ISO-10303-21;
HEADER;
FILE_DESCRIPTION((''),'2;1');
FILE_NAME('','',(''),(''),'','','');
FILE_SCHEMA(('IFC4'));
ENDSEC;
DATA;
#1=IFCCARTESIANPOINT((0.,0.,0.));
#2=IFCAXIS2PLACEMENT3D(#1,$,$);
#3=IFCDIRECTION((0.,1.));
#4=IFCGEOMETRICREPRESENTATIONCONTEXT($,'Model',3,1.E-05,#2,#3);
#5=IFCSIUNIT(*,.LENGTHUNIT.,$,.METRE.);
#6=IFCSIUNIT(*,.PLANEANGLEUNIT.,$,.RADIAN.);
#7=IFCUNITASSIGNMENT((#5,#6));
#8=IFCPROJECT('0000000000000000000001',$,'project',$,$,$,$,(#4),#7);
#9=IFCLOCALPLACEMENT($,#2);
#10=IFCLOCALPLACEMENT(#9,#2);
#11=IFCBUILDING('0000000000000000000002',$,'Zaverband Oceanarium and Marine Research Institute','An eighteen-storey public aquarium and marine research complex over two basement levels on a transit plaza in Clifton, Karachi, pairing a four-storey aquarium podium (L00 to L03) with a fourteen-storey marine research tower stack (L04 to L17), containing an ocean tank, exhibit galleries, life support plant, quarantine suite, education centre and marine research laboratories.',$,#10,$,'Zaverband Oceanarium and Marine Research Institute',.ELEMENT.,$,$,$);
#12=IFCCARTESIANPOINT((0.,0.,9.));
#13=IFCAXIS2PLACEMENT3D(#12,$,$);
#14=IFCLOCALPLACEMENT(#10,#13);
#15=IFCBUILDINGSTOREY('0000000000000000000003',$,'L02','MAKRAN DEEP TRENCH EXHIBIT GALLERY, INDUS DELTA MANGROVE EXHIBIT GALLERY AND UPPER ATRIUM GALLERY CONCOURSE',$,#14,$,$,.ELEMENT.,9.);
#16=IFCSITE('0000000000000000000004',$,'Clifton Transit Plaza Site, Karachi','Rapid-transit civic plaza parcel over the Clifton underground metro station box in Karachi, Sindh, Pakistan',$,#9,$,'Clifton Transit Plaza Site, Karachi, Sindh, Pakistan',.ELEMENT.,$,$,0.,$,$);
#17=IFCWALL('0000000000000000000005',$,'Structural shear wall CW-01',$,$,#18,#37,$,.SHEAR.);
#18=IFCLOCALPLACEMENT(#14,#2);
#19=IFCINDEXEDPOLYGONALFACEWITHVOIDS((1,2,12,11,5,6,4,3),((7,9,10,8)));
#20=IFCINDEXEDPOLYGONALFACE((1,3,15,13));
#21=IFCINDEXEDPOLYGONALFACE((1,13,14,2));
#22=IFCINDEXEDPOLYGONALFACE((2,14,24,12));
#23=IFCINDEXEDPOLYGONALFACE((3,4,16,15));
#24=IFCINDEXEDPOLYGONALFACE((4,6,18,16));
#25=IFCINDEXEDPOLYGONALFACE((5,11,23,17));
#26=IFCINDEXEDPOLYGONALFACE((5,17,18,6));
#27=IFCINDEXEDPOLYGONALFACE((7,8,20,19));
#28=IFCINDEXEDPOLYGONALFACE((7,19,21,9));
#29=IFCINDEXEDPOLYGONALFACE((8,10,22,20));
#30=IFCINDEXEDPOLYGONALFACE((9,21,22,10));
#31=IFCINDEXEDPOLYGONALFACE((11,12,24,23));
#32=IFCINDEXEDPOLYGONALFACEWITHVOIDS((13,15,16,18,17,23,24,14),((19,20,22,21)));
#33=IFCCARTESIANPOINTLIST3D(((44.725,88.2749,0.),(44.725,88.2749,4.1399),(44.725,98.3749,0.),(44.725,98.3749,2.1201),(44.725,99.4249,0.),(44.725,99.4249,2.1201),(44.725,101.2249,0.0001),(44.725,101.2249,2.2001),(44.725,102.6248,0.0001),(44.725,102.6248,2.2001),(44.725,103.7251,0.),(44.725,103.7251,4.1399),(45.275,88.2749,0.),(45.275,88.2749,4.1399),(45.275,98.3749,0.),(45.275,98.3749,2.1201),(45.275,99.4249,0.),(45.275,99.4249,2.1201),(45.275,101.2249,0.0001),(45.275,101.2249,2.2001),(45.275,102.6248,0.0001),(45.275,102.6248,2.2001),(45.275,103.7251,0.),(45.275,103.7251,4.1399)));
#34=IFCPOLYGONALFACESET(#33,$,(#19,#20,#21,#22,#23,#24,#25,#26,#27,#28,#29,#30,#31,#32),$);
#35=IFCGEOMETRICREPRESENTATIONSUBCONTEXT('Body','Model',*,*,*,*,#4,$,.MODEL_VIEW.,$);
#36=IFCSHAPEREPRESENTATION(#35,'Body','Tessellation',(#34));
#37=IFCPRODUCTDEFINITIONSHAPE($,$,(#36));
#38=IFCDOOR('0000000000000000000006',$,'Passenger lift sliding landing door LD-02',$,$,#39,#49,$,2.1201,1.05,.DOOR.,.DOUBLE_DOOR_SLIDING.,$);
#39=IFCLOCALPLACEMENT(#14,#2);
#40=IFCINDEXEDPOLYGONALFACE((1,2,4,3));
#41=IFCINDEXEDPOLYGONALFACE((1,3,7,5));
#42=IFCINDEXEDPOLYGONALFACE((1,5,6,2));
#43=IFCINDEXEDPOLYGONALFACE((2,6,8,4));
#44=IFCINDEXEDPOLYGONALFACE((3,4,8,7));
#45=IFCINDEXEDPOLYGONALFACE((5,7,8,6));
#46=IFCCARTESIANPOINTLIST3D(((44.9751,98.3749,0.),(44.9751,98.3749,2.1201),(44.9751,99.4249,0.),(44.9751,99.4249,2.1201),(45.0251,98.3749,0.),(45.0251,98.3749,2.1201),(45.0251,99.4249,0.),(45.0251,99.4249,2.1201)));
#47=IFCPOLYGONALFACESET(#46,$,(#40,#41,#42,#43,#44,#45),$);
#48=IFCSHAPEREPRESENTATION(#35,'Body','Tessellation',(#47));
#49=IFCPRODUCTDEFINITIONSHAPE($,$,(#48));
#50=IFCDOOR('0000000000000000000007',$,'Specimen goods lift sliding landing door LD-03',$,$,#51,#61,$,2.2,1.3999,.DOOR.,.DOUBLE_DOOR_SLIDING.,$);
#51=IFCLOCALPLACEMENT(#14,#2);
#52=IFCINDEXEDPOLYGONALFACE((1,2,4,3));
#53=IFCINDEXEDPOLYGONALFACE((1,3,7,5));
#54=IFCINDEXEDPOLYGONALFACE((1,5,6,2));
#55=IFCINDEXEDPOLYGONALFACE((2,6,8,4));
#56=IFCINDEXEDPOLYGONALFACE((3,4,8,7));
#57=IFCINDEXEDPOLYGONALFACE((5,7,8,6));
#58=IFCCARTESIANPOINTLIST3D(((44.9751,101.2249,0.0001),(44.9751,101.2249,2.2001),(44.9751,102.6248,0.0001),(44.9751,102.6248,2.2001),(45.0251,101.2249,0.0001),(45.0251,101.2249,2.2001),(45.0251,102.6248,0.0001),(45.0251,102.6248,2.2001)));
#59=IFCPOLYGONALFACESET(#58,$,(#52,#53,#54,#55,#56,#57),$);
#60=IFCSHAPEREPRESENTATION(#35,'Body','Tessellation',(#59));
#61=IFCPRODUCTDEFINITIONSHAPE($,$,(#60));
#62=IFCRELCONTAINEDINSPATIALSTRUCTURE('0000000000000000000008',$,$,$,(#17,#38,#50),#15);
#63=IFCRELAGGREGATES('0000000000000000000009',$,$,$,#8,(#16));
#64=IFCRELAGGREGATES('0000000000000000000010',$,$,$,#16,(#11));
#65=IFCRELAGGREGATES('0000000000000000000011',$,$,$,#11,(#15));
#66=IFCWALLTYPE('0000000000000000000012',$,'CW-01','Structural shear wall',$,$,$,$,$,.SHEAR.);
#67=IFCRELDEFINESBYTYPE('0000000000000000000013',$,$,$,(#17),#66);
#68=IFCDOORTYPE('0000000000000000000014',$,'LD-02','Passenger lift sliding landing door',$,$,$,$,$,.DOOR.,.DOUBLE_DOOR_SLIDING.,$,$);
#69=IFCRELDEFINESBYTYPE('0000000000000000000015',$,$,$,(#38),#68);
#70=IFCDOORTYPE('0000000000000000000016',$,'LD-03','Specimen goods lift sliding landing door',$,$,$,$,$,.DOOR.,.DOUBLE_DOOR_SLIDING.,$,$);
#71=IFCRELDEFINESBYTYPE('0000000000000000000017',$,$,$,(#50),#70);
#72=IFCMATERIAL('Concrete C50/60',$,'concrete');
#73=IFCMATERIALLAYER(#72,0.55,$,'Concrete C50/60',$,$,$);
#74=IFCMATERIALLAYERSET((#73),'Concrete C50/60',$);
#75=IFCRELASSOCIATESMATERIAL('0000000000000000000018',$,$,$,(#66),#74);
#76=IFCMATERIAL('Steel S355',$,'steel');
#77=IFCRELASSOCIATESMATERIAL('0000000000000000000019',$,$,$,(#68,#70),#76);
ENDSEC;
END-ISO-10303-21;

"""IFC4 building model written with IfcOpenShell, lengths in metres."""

from ifc_helpers import new_model, si_unit, direction, frame, frame_2d, origin, place, context, subcontext, project, spatial, rectangle, extrude, material, layer, layer_set, type_object, element, fill, save


model = new_model("IFC4")

# Units and contexts
model_context = context("Model", 3, precision=1e-05, world=origin(), true_north=direction((0.0, 1.0)))
body_context = subcontext(model_context, "Body", "Model", "MODEL_VIEW")
ifc_project = project(units=[si_unit("LENGTHUNIT", "METRE"), si_unit("PLANEANGLEUNIT", "RADIAN")], contexts=[model_context])

# Site, building, storey
site_placement = place(None, origin())
site = spatial("IfcSite", under=ifc_project, at=site_placement, Name="Clifton Transit Plaza Site, Karachi", Description="Rapid-transit civic plaza parcel over the Clifton underground metro station box in Karachi, Sindh, Pakistan", LongName="Clifton Transit Plaza Site, Karachi, Sindh, Pakistan", CompositionType="ELEMENT", RefElevation=0.0)
building_placement = place(site_placement, origin())
building = spatial("IfcBuilding", under=site, at=building_placement, Name="Zaverband Oceanarium and Marine Research Institute", Description="An eighteen-storey public aquarium and marine research complex over two basement levels on a transit plaza in Clifton, Karachi, pairing a four-storey aquarium podium (L00 to L03) with a fourteen-storey marine research tower stack (L04 to L17), containing an ocean tank, exhibit galleries, life support plant, quarantine suite, education centre and marine research laboratories.", LongName="Zaverband Oceanarium and Marine Research Institute", CompositionType="ELEMENT")
storey_placement = place(building_placement, frame((0.0, 0.0, 9.0)))
storey = spatial("IfcBuildingStorey", under=building, at=storey_placement, Name="L02", Description="MAKRAN DEEP TRENCH EXHIBIT GALLERY, INDUS DELTA MANGROVE EXHIBIT GALLERY AND UPPER ATRIUM GALLERY CONCOURSE", CompositionType="ELEMENT", Elevation=9.0)

# Shared definitions
ifc_material_1 = material(Name="Concrete C50/60", Category="concrete")

# Wall, openings, doors
ifc_layer = layer(ifc_material_1, 0.55, Name="Concrete C50/60")
ifc_layer_set = layer_set([ifc_layer], Name="Concrete C50/60")
wall_type = type_object("IfcWallType", Name="CW-01", Description="Structural shear wall", PredefinedType="SHEAR", material=ifc_layer_set)
wall_placement = place(storey_placement, frame((45.0, 88.2749, 0.0), z_axis=(0.0, 0.0, 1.0), x_axis=(0.0, 1.0, 0.0)))
wall = element("IfcWall", 1, at=wall_placement, inside=storey, type_object=wall_type, Name="Structural shear wall CW-01", PredefinedType="SHEAR", context=body_context, shape_type="SweptSolid", body=[
    extrude(rectangle(XDim=15.4502, YDim=0.55, at=frame_2d((7.7251, 0.0))), origin(), (0.0, 0.0, 1.0), 4.1399),
])
opening_1_placement = place(wall_placement, frame((10.1001, 0.0, 0.0)))
opening_1 = element("IfcOpeningElement", 2, at=opening_1_placement, cuts=wall, PredefinedType="OPENING", context=body_context, shape_type="SweptSolid", body=[
    extrude(rectangle(XDim=1.05, YDim=2.1201, at=frame_2d((0.5249, 1.0601))), frame((0.0, 0.2871, 0.0), z_axis=(0.0, -1.0, 0.0), x_axis=(1.0, 0.0, 0.0)), (0.0, 0.0, 1.0), 0.574),
])
opening_2_placement = place(wall_placement, frame((12.95, 0.0, 0.0)))
opening_2 = element("IfcOpeningElement", 3, at=opening_2_placement, cuts=wall, PredefinedType="OPENING", context=body_context, shape_type="SweptSolid", body=[
    extrude(rectangle(XDim=1.3999, YDim=2.2, at=frame_2d((0.7, 1.1001))), frame((0.0, 0.2871, 0.0), z_axis=(0.0, -1.0, 0.0), x_axis=(1.0, 0.0, 0.0)), (0.0, 0.0, 1.0), 0.574),
])
ifc_material_2 = material(Name="Steel S355", Category="steel")
door_type_1 = type_object("IfcDoorType", Name="LD-02", Description="Passenger lift sliding landing door", OperationType="DOUBLE_DOOR_SLIDING", PredefinedType="DOOR", material=ifc_material_2)
door_1_placement = place(opening_1_placement, origin())
door_1 = element("IfcDoor", 4, at=door_1_placement, inside=storey, type_object=door_type_1, Name="Passenger lift sliding landing door LD-02", OperationType="DOUBLE_DOOR_SLIDING", OverallHeight=2.1201, OverallWidth=1.05, PredefinedType="DOOR", context=body_context, shape_type="SweptSolid", body=[
    extrude(rectangle(XDim=1.05, YDim=2.1201, at=frame_2d((0.5249, 1.0601))), frame((0.0, 0.0249, 0.0), z_axis=(0.0, -1.0, 0.0), x_axis=(1.0, 0.0, 0.0)), (0.0, 0.0, 1.0), 0.05),
])
fill(opening_1, door_1)
door_type_2 = type_object("IfcDoorType", Name="LD-03", Description="Specimen goods lift sliding landing door", OperationType="DOUBLE_DOOR_SLIDING", PredefinedType="DOOR", material=ifc_material_2)
door_2_placement = place(opening_2_placement, origin())
door_2 = element("IfcDoor", 5, at=door_2_placement, inside=storey, type_object=door_type_2, Name="Specimen goods lift sliding landing door LD-03", OperationType="DOUBLE_DOOR_SLIDING", OverallHeight=2.2, OverallWidth=1.3999, PredefinedType="DOOR", context=body_context, shape_type="SweptSolid", body=[
    extrude(rectangle(XDim=1.3999, YDim=2.2, at=frame_2d((0.7, 1.1001))), frame((0.0, 0.0249, 0.0), z_axis=(0.0, -1.0, 0.0), x_axis=(1.0, 0.0, 0.0)), (0.0, 0.0, 1.0), 0.05),
])
fill(opening_2, door_2)

save(model, "model.ifc")
